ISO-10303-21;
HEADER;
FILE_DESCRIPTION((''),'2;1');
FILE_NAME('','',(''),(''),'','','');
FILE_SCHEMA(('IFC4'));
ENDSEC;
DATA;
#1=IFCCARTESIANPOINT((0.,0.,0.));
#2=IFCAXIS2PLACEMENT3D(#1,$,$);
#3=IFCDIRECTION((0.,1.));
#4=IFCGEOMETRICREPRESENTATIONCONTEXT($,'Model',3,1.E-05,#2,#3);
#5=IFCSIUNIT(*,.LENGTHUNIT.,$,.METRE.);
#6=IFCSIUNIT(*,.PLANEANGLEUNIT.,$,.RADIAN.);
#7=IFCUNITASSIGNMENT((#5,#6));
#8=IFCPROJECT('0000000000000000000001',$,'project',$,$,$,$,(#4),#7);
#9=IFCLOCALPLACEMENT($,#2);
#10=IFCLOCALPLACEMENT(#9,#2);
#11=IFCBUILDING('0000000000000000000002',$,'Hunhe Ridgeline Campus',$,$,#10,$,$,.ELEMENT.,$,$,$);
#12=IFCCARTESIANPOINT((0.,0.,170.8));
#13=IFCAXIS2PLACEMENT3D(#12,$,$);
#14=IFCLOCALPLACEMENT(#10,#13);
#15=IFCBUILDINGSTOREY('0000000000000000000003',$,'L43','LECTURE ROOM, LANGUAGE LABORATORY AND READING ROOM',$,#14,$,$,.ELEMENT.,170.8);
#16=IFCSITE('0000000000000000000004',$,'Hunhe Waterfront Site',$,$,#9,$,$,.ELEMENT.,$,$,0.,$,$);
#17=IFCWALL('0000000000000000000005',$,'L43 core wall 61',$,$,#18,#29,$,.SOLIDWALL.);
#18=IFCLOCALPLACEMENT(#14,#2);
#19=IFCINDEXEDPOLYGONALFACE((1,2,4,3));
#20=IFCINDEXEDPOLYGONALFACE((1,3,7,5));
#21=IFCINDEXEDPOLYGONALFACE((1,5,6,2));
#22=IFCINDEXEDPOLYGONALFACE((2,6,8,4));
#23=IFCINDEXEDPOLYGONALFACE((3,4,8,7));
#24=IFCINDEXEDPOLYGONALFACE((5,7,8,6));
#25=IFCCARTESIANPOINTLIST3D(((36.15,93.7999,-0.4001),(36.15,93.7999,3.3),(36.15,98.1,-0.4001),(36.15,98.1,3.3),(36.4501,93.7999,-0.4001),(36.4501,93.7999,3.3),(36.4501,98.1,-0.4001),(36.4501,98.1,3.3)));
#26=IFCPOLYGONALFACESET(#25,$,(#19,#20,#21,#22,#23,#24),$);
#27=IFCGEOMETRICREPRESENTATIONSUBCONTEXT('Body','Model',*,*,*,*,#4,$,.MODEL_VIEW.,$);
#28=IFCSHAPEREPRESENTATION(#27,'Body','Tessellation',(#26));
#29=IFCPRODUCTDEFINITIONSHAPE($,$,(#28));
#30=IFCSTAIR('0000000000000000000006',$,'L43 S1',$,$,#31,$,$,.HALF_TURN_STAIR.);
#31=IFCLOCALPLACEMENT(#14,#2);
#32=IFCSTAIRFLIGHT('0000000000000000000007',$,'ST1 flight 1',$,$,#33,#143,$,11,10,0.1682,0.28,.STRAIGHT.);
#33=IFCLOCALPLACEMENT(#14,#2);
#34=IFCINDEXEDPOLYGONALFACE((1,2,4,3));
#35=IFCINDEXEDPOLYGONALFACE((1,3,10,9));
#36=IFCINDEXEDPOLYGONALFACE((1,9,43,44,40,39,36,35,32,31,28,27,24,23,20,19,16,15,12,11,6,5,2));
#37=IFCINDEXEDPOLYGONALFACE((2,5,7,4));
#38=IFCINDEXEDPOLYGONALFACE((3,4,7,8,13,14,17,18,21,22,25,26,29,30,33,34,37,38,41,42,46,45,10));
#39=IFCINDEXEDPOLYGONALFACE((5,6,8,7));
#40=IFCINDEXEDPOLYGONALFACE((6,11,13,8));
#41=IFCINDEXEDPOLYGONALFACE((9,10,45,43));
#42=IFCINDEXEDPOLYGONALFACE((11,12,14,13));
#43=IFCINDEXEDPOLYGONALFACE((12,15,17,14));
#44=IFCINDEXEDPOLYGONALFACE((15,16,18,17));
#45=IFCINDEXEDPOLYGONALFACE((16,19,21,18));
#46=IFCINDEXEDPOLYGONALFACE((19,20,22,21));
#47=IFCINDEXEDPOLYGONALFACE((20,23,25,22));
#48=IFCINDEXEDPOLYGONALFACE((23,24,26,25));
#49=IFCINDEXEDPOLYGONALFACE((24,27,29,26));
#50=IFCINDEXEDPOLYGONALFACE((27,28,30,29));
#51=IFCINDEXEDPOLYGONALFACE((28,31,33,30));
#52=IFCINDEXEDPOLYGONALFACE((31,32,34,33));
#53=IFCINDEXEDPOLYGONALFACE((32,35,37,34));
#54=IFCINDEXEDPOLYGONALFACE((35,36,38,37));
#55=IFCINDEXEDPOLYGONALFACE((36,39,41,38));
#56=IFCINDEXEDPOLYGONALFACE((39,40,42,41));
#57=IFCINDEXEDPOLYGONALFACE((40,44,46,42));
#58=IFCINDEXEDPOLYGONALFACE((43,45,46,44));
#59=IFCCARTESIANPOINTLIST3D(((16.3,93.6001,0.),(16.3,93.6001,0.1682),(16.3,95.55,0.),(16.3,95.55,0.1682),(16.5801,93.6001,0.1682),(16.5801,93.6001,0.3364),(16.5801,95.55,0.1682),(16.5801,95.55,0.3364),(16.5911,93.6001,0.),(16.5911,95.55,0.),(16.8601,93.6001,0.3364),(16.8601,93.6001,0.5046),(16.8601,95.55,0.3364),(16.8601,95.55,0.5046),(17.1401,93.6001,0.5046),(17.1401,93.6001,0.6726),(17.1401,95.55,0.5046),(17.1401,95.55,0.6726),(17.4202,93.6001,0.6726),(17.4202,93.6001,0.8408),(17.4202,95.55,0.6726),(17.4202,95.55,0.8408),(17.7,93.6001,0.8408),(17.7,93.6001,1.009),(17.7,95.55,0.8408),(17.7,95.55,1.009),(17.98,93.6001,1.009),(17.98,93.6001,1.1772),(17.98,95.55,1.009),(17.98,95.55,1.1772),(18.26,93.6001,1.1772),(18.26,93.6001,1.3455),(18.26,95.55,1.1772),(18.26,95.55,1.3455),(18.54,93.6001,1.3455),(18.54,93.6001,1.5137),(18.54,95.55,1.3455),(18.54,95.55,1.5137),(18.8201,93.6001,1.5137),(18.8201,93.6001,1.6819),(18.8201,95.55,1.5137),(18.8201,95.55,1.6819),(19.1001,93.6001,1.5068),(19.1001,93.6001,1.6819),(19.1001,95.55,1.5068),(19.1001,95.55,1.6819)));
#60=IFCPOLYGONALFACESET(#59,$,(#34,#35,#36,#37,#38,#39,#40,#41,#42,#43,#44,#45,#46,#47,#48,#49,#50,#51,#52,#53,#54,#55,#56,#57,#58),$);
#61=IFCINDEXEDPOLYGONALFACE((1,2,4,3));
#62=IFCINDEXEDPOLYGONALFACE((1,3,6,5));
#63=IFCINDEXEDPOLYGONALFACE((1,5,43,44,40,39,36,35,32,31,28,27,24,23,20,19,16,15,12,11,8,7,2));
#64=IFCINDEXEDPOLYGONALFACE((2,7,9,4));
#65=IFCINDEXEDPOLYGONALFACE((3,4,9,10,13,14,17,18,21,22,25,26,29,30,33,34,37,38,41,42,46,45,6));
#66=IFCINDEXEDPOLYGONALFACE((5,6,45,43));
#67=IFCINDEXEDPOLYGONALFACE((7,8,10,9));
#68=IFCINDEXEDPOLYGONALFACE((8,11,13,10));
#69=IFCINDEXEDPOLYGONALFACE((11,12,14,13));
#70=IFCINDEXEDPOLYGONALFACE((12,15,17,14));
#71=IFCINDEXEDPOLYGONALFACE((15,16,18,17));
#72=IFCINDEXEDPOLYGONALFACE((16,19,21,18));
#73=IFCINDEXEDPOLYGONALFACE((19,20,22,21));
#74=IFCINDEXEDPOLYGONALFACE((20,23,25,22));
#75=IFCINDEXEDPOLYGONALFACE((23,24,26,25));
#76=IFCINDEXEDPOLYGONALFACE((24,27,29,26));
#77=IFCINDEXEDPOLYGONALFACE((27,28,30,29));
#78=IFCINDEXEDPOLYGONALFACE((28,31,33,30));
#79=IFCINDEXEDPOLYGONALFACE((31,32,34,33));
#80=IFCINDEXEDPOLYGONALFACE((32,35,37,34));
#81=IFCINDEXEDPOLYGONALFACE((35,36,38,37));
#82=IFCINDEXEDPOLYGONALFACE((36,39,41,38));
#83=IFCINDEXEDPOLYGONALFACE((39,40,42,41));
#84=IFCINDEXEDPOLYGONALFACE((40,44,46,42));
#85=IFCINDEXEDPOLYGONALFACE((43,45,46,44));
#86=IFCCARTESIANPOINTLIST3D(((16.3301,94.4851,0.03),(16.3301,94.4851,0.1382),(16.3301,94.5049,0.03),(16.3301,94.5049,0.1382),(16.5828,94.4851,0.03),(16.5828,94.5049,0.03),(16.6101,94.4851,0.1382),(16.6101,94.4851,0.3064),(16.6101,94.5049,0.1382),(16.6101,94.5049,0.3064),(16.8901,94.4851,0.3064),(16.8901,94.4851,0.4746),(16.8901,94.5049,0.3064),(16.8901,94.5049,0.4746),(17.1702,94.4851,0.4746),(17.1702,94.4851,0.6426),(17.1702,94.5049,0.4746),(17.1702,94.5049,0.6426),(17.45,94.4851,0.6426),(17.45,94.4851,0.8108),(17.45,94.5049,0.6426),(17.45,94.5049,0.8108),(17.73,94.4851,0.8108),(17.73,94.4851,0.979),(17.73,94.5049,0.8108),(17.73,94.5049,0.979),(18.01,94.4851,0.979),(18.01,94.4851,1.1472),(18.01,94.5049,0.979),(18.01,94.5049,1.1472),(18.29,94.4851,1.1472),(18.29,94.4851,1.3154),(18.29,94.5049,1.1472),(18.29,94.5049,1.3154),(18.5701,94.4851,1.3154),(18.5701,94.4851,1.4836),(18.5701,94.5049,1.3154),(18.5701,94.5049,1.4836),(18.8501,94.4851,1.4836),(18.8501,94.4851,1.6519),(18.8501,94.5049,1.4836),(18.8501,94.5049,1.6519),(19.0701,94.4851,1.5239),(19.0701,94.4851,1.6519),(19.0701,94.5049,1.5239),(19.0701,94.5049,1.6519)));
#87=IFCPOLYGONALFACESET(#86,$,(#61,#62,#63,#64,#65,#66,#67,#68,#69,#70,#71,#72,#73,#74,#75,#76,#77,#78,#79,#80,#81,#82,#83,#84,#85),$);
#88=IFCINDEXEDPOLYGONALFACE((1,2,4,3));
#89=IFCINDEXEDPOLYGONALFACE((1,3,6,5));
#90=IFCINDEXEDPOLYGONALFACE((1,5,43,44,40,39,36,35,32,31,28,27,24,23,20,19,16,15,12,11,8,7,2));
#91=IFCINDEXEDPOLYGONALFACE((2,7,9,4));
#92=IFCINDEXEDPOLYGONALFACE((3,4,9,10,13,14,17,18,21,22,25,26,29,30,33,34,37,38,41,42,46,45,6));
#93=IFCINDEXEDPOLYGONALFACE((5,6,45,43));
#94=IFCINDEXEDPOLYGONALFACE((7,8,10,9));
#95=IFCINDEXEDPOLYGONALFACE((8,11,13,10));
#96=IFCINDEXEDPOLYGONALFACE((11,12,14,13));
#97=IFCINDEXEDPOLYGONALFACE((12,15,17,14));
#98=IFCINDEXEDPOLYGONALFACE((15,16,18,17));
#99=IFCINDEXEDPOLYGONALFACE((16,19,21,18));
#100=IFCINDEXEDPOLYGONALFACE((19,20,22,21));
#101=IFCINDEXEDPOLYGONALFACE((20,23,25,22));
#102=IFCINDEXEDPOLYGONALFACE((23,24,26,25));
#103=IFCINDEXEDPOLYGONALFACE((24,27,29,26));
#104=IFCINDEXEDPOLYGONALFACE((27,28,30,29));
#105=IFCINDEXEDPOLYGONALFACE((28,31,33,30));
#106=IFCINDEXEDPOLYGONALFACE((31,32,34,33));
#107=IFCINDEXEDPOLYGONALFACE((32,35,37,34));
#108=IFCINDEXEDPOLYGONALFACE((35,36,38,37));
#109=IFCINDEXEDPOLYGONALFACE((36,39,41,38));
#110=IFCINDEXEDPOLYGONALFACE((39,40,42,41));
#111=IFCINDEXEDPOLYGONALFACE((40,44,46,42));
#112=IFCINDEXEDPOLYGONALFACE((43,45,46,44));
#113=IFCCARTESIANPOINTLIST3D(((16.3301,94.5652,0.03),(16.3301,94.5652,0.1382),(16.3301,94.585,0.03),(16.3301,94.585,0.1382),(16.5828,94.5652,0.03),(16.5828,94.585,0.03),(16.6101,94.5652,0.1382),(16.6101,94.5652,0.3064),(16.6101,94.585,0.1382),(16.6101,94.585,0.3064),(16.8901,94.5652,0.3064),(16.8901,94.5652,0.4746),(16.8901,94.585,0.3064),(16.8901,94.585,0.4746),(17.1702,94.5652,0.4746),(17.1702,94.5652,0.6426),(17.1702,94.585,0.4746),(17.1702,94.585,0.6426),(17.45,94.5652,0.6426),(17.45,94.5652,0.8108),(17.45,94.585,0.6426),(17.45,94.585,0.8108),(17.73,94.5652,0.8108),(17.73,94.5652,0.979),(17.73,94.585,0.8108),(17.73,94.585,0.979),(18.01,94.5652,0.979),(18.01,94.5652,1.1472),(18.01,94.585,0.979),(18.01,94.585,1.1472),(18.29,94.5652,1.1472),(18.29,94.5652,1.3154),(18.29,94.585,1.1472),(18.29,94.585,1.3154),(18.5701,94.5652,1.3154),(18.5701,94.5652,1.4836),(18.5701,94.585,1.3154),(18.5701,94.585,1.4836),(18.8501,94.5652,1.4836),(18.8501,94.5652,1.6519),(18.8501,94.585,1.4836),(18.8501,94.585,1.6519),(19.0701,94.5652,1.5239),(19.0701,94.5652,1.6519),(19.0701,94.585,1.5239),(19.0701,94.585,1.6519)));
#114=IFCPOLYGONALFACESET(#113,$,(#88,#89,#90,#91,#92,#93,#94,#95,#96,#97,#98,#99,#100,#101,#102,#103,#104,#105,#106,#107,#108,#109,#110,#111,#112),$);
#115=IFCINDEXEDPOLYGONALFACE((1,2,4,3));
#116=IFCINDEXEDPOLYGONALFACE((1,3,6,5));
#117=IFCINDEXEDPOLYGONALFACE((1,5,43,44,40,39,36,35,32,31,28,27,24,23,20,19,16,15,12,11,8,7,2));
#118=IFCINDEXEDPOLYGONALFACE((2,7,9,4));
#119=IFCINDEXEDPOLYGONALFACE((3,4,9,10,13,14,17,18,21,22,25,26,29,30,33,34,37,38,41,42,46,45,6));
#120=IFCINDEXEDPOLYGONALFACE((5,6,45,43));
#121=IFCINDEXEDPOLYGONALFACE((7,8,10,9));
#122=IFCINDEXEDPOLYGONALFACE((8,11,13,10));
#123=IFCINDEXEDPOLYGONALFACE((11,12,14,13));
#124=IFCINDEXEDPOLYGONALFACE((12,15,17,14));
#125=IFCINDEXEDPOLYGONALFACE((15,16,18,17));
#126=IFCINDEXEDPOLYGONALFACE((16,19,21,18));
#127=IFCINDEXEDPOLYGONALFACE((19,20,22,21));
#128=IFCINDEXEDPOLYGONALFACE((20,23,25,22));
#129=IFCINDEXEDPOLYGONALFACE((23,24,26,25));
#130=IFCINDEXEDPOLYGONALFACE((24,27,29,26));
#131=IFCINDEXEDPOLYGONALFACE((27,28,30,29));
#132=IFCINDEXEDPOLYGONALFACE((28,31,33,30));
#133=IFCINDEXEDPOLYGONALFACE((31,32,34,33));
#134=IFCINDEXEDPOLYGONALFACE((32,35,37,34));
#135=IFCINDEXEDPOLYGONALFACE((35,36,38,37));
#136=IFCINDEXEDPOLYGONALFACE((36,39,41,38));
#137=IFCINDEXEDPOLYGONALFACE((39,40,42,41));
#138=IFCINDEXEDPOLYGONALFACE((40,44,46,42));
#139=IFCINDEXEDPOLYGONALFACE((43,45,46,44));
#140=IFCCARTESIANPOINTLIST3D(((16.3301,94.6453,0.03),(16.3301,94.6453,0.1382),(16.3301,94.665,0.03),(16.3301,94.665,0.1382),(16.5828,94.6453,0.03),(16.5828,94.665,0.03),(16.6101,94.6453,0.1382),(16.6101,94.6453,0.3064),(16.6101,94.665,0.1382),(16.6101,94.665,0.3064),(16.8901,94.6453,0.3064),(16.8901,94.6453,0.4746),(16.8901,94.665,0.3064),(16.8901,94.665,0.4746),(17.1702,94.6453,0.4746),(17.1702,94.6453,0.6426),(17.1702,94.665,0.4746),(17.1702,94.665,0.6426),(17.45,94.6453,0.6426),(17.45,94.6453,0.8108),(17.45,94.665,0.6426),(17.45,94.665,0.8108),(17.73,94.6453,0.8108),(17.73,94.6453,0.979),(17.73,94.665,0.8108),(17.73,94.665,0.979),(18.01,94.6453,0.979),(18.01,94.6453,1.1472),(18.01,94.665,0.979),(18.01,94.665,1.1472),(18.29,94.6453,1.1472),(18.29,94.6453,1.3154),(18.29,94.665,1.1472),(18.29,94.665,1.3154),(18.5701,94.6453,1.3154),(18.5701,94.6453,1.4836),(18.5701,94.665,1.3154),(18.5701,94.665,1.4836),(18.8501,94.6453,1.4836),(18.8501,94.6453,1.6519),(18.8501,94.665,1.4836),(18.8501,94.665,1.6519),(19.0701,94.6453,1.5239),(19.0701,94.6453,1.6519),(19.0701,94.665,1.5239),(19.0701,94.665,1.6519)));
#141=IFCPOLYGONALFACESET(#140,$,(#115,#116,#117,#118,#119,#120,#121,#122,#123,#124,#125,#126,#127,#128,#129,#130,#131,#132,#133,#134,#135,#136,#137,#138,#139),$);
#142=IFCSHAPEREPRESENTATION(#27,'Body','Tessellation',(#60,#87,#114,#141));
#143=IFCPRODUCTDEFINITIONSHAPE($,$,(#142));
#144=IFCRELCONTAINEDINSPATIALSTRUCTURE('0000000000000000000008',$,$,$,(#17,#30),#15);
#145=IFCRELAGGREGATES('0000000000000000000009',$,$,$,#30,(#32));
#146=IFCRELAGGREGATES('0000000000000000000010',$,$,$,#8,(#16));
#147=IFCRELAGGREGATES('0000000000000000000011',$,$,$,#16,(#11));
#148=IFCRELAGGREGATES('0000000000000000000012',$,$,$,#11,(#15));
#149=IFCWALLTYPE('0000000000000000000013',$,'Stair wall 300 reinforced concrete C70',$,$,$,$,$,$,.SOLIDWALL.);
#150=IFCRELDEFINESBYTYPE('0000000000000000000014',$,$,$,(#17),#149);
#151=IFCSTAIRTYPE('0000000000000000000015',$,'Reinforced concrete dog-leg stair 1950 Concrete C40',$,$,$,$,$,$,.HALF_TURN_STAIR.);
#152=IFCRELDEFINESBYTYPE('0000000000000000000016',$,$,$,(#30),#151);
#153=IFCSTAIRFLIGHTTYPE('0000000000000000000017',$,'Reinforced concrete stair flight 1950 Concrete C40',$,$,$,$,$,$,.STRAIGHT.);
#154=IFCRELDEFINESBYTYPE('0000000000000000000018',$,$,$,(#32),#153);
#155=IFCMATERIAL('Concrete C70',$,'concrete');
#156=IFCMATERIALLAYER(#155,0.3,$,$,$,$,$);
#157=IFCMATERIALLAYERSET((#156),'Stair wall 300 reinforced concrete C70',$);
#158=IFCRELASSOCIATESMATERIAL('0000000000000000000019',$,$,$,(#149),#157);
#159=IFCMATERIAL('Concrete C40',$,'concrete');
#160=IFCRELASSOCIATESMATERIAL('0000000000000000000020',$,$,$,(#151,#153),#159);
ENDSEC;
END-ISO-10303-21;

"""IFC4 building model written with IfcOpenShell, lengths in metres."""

from ifc_helpers import new_model, si_unit, direction, frame, frame_2d, origin, place, context, subcontext, project, spatial, polyline, rectangle, outline, extrude, material, layer, layer_set, type_object, element, aggregate, save


model = new_model("IFC4")

# Units and contexts
model_context = context("Model", 3, precision=1e-05, world=origin(), true_north=direction((0.0, 1.0)))
body_context = subcontext(model_context, "Body", "Model", "MODEL_VIEW")
ifc_project = project(units=[si_unit("LENGTHUNIT", "METRE"), si_unit("PLANEANGLEUNIT", "RADIAN")], contexts=[model_context])

# Site, building, storey
site_placement = place(None, origin())
site = spatial("IfcSite", under=ifc_project, at=site_placement, Name="Hunhe Waterfront Site", CompositionType="ELEMENT", RefElevation=0.0)
building_placement = place(site_placement, origin())
building = spatial("IfcBuilding", under=site, at=building_placement, Name="Hunhe Ridgeline Campus", CompositionType="ELEMENT")
storey_placement = place(building_placement, frame((0.0, 0.0, 170.8)))
storey = spatial("IfcBuildingStorey", under=building, at=storey_placement, Name="L43", Description="LECTURE ROOM, LANGUAGE LABORATORY AND READING ROOM", CompositionType="ELEMENT", Elevation=170.8)

# Shared definitions
ifc_material_1 = material(Name="Concrete C70", Category="concrete")

# Shared definitions
ifc_layer_1 = layer(ifc_material_1, 0.3)
ifc_layer_set_1 = layer_set([ifc_layer_1], Name="Stair wall 300 reinforced concrete C70")
wall_type_1 = type_object("IfcWallType", Name="Stair wall 300 reinforced concrete C70", PredefinedType="SOLIDWALL", material=ifc_layer_set_1)

# Wall
wall_1_placement = place(storey_placement, frame((36.3, 93.8, -0.4001), z_axis=(0.0, 0.0, 1.0), x_axis=(0.0, 1.0, 0.0)))
element("IfcWall", 1, at=wall_1_placement, inside=storey, type_object=wall_type_1, Name="L43 core wall 61", PredefinedType="SOLIDWALL", context=body_context, shape_type="SweptSolid", body=[
    extrude(rectangle(XDim=4.3, YDim=0.3, at=frame_2d((2.1499, 0.0))), origin(), (0.0, 0.0, 1.0), 3.7002),
])

# Stair, stair flight
ifc_material_2 = material(Name="Concrete C40", Category="concrete")
stair_type = type_object("IfcStairType", Name="Reinforced concrete dog-leg stair 1950 Concrete C40", PredefinedType="HALF_TURN_STAIR", material=ifc_material_2)
stair_1_placement = place(storey_placement, origin())
stair_1 = element("IfcStair", 2, at=stair_1_placement, inside=storey, type_object=stair_type, Name="L43 S1", PredefinedType="HALF_TURN_STAIR")
stair_flight_type = type_object("IfcStairFlightType", Name="Reinforced concrete stair flight 1950 Concrete C40", PredefinedType="STRAIGHT", material=ifc_material_2)
stair_flight_1_placement = place(storey_placement, frame((16.3, 94.575, 0.0), z_axis=(0.0, 0.0, 1.0), x_axis=(1.0, 0.0, 0.0)))
stair_flight_1 = element("IfcStairFlight", 3, at=stair_flight_1_placement, type_object=stair_flight_type, Name="ST1 flight 1", NumberOfRisers=11, NumberOfTreads=10, PredefinedType="STRAIGHT", RiserHeight=0.1682, TreadLength=0.28, context=body_context, shape_type="SweptSolid", body=[
    extrude(outline(polyline([(0.0, 0.0), (0.0, 0.1682), (0.28, 0.1682), (0.28, 0.3364), (0.5601, 0.3364), (0.5601, 0.5046), (0.8401, 0.5046), (0.8401, 0.6726), (1.1201, 0.6726), (1.1201, 0.8408), (1.3999, 0.8408), (1.3999, 1.009), (1.6799, 1.009), (1.6799, 1.1772), (1.96, 1.1772), (1.96, 1.3455), (2.24, 1.3455), (2.24, 1.5137), (2.52, 1.5137), (2.52, 1.6819), (2.8, 1.6819), (2.8, 1.8501), (2.8, 1.5068), (0.291, 0.0), (0.0, 0.0)])), frame((0.0, 0.9751, 0.0), z_axis=(0.0, -1.0, 0.0), x_axis=(1.0, 0.0, 0.0)), (0.0, 0.0, 1.0), 1.95),
    extrude(outline(polyline([(0.03, 0.03), (0.03, 0.1382), (0.3101, 0.1382), (0.3101, 0.3064), (0.5901, 0.3064), (0.5901, 0.4746), (0.8701, 0.4746), (0.8701, 0.6426), (1.1499, 0.6426), (1.1499, 0.8108), (1.4299, 0.8108), (1.4299, 0.979), (1.71, 0.979), (1.71, 1.1472), (1.99, 1.1472), (1.99, 1.3154), (2.27, 1.3154), (2.27, 1.4836), (2.55, 1.4836), (2.55, 1.6519), (2.77, 1.6519), (2.77, 1.5239), (0.2827, 0.03), (0.03, 0.03)])), frame((0.0, -0.0701, 0.0), z_axis=(0.0, -1.0, 0.0), x_axis=(1.0, 0.0, 0.0)), (0.0, 0.0, 1.0), 0.0198),
    extrude(outline(polyline([(0.03, 0.03), (0.03, 0.1382), (0.3101, 0.1382), (0.3101, 0.3064), (0.5901, 0.3064), (0.5901, 0.4746), (0.8701, 0.4746), (0.8701, 0.6426), (1.1499, 0.6426), (1.1499, 0.8108), (1.4299, 0.8108), (1.4299, 0.979), (1.71, 0.979), (1.71, 1.1472), (1.99, 1.1472), (1.99, 1.3154), (2.27, 1.3154), (2.27, 1.4836), (2.55, 1.4836), (2.55, 1.6519), (2.77, 1.6519), (2.77, 1.5239), (0.2827, 0.03), (0.03, 0.03)])), frame((0.0, 0.01, 0.0), z_axis=(0.0, -1.0, 0.0), x_axis=(1.0, 0.0, 0.0)), (0.0, 0.0, 1.0), 0.0198),
    extrude(outline(polyline([(0.03, 0.03), (0.03, 0.1382), (0.3101, 0.1382), (0.3101, 0.3064), (0.5901, 0.3064), (0.5901, 0.4746), (0.8701, 0.4746), (0.8701, 0.6426), (1.1499, 0.6426), (1.1499, 0.8108), (1.4299, 0.8108), (1.4299, 0.979), (1.71, 0.979), (1.71, 1.1472), (1.99, 1.1472), (1.99, 1.3154), (2.27, 1.3154), (2.27, 1.4836), (2.55, 1.4836), (2.55, 1.6519), (2.77, 1.6519), (2.77, 1.5239), (0.2827, 0.03), (0.03, 0.03)])), frame((0.0, 0.0901, 0.0), z_axis=(0.0, -1.0, 0.0), x_axis=(1.0, 0.0, 0.0)), (0.0, 0.0, 1.0), 0.0198),
])
aggregate(stair_1, [stair_flight_1])

save(model, "model.ifc")
